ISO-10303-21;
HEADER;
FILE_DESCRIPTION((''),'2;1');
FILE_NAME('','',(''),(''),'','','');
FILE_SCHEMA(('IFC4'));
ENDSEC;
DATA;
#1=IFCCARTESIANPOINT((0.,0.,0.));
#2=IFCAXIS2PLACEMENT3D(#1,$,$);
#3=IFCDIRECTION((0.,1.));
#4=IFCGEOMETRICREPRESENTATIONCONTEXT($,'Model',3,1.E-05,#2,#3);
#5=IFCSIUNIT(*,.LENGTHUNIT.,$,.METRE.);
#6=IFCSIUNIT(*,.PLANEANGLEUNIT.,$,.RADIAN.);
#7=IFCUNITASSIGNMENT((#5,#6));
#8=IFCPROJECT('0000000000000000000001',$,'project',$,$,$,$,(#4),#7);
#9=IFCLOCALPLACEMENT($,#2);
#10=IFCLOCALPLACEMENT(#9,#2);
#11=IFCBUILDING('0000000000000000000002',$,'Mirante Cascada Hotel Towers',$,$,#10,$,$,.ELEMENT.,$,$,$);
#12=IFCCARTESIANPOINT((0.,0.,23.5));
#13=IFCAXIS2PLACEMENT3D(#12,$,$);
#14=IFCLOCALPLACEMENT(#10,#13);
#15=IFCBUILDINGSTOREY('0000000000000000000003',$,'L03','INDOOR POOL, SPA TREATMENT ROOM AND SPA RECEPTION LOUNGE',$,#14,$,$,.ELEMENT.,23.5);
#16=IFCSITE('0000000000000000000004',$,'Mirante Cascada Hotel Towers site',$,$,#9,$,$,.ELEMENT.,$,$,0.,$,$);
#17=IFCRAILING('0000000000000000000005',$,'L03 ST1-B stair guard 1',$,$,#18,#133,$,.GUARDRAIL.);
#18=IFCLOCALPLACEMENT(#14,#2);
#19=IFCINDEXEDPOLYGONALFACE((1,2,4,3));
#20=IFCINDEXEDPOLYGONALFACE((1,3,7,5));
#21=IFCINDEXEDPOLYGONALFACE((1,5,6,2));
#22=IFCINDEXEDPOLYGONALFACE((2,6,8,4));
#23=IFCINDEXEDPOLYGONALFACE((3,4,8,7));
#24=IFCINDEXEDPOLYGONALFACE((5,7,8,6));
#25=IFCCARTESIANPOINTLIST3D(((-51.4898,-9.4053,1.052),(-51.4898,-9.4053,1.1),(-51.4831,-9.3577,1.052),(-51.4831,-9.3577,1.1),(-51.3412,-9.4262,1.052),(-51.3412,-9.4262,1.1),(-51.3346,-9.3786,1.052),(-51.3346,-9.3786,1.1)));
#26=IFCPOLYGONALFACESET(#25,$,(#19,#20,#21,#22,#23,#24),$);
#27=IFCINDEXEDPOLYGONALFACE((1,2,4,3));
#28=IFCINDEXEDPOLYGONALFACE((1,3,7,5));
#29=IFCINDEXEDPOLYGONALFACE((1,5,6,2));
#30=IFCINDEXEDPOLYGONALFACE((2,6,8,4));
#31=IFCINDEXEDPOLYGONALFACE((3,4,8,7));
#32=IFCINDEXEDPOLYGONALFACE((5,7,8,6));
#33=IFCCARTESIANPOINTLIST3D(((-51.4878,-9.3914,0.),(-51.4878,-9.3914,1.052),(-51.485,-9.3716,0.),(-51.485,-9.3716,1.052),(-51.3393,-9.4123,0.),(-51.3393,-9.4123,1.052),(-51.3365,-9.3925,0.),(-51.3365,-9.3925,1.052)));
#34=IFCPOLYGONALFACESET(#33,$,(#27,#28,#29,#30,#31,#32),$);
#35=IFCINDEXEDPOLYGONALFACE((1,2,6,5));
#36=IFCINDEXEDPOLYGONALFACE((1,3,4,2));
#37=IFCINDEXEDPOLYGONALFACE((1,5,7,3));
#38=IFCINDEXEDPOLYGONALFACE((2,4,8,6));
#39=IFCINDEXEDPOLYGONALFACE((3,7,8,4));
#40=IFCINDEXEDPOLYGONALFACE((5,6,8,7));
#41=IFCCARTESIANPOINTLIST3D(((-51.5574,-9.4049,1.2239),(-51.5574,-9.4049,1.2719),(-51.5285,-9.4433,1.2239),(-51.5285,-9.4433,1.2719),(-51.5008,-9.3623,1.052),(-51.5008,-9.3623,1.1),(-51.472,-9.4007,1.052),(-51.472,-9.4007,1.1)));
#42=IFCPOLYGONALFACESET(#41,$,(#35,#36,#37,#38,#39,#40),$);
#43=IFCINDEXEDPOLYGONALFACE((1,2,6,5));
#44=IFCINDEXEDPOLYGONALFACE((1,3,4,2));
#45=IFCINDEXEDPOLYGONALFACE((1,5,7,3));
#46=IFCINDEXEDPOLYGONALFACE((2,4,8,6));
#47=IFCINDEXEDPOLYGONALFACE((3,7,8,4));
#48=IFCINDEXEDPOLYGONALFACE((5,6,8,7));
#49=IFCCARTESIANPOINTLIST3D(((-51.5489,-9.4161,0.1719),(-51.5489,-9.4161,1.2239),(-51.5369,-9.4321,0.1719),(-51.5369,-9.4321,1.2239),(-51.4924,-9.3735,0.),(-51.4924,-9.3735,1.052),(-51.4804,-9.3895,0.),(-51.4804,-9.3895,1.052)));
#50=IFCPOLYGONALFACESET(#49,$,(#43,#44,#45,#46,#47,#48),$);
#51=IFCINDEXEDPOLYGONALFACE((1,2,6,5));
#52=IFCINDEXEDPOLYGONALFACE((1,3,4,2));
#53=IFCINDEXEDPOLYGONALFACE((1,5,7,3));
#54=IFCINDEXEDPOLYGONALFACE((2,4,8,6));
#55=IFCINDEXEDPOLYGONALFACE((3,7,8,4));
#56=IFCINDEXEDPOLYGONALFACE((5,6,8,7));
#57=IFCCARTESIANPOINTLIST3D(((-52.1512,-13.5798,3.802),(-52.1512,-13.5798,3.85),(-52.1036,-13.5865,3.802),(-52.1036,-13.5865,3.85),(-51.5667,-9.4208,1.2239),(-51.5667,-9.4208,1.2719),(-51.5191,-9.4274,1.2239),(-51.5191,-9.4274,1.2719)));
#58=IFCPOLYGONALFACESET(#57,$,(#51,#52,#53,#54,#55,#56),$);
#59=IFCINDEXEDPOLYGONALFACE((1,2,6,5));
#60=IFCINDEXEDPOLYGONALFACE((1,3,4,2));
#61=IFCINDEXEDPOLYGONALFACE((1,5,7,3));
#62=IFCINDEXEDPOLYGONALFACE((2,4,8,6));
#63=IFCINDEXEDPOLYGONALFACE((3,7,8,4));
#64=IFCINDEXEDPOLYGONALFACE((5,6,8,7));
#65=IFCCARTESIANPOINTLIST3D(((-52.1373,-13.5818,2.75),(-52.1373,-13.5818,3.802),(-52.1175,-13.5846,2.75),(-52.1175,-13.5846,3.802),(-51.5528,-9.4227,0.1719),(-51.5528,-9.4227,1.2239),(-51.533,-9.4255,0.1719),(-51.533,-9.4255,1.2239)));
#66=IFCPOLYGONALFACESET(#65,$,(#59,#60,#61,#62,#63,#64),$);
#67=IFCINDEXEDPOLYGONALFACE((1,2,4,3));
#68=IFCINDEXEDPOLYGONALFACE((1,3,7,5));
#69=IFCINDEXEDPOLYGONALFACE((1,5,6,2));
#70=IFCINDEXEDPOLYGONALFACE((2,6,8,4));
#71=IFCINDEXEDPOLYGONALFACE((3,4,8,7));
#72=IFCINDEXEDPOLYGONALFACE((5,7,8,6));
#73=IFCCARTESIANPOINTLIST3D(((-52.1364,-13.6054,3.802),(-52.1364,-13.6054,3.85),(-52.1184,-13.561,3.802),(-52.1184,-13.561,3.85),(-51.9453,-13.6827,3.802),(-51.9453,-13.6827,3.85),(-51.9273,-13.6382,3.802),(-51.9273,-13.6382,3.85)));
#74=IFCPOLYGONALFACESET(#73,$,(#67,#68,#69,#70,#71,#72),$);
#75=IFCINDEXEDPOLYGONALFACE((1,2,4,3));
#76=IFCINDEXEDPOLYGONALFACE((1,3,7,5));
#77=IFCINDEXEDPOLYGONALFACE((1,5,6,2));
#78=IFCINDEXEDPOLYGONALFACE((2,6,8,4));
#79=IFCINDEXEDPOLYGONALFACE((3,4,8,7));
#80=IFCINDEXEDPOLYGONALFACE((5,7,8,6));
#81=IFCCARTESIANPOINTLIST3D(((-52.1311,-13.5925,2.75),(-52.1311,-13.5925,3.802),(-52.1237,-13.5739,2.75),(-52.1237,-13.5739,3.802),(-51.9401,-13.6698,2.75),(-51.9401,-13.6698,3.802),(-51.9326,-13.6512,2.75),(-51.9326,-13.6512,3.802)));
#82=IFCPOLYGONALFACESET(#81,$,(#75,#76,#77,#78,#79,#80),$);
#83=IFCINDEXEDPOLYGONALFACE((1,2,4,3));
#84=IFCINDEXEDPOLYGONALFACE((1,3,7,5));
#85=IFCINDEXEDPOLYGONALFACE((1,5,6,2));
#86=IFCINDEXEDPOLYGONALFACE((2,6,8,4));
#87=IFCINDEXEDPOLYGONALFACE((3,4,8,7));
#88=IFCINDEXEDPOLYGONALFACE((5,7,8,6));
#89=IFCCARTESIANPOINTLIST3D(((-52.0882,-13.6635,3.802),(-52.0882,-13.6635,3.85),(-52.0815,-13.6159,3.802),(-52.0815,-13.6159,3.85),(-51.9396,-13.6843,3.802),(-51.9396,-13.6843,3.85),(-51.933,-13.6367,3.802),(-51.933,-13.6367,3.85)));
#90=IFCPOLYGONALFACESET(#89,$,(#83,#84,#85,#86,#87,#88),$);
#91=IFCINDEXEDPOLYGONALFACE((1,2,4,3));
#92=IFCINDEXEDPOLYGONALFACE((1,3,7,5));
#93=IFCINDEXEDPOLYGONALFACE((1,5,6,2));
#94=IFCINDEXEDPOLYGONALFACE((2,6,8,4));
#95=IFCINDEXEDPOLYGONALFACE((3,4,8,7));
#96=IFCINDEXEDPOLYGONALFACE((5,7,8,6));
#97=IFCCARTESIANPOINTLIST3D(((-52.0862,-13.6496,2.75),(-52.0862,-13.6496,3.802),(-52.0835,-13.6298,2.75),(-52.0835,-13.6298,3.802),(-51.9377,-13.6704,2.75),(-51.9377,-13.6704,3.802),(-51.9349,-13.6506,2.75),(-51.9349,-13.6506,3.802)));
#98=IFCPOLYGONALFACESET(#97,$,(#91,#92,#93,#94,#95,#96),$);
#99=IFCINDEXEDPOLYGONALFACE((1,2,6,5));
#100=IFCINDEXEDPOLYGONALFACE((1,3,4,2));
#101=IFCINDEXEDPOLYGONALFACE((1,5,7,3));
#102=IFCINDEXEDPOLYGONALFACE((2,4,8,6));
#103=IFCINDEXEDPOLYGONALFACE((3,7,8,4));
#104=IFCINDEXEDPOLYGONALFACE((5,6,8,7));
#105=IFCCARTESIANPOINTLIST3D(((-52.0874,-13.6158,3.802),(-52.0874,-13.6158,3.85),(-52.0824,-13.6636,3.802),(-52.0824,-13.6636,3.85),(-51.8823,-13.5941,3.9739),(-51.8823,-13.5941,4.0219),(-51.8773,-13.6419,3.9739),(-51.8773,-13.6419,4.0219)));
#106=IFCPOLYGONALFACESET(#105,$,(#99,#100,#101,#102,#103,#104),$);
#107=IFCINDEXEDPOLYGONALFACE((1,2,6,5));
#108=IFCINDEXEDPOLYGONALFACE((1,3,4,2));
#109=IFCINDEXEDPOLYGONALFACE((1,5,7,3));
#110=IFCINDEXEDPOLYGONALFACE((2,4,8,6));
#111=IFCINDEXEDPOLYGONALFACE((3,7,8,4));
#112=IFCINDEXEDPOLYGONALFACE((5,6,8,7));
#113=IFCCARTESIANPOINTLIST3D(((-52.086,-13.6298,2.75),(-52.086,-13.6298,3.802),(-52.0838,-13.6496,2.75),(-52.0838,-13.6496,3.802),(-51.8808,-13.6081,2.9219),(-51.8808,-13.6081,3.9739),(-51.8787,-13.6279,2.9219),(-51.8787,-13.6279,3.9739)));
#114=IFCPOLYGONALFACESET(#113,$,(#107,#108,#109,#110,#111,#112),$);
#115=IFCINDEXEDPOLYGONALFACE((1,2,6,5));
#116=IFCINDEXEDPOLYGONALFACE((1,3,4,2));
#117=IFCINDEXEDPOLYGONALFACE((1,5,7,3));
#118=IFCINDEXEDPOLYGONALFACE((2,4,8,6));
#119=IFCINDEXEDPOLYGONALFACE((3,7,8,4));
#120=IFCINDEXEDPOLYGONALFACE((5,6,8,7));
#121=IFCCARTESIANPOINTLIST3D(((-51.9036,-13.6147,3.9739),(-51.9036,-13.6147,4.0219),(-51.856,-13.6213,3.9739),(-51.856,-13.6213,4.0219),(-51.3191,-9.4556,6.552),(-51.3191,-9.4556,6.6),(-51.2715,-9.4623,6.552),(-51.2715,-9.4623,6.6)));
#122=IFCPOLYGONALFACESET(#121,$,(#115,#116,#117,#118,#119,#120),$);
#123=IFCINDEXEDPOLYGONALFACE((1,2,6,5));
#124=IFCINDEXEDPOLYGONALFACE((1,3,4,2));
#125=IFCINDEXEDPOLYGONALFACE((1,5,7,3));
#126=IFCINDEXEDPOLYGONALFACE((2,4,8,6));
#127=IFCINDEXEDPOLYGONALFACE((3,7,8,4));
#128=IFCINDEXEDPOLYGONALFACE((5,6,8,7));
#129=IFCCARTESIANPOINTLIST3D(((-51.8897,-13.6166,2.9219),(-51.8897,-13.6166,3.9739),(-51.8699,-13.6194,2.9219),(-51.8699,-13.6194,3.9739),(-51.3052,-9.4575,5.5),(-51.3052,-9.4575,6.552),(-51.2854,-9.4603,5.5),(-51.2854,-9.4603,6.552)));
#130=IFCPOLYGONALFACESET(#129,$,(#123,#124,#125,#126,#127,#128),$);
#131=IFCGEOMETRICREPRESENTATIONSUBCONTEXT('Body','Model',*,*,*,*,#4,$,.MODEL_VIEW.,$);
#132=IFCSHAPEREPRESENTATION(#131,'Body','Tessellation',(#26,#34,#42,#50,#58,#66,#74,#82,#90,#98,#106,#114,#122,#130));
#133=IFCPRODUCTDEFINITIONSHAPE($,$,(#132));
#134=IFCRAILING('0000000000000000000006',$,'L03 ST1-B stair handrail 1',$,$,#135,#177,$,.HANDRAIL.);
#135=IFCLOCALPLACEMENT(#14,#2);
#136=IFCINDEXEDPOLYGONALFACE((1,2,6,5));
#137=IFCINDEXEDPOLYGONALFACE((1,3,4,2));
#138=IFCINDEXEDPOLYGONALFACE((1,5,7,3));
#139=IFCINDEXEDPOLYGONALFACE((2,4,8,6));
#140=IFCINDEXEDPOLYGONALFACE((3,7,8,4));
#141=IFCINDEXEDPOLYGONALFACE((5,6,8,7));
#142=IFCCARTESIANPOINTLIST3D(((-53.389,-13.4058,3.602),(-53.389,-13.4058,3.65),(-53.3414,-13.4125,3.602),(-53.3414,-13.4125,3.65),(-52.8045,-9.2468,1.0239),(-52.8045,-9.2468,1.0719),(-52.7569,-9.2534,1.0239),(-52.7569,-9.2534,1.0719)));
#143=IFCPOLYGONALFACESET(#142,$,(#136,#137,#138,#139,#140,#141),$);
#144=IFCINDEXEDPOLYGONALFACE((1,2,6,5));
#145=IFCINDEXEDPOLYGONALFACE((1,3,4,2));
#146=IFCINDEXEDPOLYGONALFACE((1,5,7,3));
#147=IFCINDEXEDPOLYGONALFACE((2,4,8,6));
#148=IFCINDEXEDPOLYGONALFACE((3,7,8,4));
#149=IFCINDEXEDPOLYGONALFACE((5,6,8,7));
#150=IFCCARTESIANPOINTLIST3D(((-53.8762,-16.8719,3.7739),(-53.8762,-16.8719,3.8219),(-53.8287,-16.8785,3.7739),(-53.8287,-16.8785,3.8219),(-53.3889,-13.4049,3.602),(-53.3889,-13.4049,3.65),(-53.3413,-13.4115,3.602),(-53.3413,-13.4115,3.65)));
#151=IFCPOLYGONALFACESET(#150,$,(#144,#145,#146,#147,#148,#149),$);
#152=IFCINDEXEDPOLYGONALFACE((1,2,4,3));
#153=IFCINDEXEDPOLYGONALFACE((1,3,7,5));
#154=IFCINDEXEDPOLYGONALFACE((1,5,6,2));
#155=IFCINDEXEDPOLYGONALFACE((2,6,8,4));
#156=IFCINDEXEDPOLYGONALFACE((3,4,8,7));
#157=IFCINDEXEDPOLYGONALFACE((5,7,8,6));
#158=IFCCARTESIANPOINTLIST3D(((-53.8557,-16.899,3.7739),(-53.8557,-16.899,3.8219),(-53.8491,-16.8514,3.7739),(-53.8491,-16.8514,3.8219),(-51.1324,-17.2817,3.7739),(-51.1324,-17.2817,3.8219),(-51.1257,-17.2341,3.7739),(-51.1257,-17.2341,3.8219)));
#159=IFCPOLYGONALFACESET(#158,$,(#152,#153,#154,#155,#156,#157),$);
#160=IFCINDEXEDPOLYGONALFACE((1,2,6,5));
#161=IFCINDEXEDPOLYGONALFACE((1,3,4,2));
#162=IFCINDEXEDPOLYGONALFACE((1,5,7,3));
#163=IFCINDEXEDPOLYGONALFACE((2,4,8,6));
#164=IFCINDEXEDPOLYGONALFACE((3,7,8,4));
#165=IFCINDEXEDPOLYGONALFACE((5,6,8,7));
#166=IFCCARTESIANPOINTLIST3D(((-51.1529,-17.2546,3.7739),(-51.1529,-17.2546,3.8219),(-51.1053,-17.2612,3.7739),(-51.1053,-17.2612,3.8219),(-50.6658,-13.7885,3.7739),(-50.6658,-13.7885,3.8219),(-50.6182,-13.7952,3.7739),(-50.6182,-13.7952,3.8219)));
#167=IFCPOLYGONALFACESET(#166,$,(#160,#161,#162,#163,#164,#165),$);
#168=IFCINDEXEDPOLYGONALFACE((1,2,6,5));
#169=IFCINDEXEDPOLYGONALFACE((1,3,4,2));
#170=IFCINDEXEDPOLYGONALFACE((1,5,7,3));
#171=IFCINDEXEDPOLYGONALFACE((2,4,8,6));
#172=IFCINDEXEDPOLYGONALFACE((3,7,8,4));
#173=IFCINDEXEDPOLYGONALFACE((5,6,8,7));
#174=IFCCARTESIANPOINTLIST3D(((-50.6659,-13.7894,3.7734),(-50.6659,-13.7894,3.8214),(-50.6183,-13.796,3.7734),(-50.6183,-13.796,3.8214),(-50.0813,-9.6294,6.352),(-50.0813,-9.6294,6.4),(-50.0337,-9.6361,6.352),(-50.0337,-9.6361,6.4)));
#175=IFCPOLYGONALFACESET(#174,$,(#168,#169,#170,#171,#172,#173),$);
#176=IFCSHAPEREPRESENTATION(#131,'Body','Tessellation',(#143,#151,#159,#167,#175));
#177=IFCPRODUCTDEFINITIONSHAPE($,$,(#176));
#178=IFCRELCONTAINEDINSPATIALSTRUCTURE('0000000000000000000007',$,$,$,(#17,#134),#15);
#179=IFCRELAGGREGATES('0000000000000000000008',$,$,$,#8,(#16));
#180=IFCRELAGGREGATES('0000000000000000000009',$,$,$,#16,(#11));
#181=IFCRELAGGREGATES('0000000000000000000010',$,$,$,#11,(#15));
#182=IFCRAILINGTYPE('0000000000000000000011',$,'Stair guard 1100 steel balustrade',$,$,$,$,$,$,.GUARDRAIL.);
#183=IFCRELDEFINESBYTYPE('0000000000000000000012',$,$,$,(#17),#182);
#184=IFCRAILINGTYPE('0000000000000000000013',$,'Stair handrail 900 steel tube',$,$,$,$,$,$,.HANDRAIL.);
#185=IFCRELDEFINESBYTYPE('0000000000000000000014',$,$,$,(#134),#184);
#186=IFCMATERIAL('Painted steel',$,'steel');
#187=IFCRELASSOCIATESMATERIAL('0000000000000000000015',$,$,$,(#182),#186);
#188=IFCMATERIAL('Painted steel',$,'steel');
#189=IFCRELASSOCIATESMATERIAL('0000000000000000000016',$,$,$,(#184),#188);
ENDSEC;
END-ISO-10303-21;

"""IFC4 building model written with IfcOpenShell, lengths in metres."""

from ifc_helpers import new_model, si_unit, direction, frame, origin, origin_2d, place, context, subcontext, project, spatial, rectangle, extrude, material, type_object, element, save


model = new_model("IFC4")

# Units and contexts
model_context = context("Model", 3, precision=1e-05, world=origin(), true_north=direction((0.0, 1.0)))
body_context = subcontext(model_context, "Body", "Model", "MODEL_VIEW")
ifc_project = project(units=[si_unit("LENGTHUNIT", "METRE"), si_unit("PLANEANGLEUNIT", "RADIAN")], contexts=[model_context])

# Site, building, storey
site_placement = place(None, origin())
site = spatial("IfcSite", under=ifc_project, at=site_placement, Name="Mirante Cascada Hotel Towers site", CompositionType="ELEMENT", RefElevation=0.0)
building_placement = place(site_placement, origin())
building = spatial("IfcBuilding", under=site, at=building_placement, Name="Mirante Cascada Hotel Towers", CompositionType="ELEMENT")
storey_placement = place(building_placement, frame((0.0, 0.0, 23.5)))
storey = spatial("IfcBuildingStorey", under=building, at=storey_placement, Name="L03", Description="INDOOR POOL, SPA TREATMENT ROOM AND SPA RECEPTION LOUNGE", CompositionType="ELEMENT", Elevation=23.5)

# Railings
ifc_material_1 = material(Name="Painted steel", Category="steel")
railing_type_1 = type_object("IfcRailingType", Name="Stair guard 1100 steel balustrade", PredefinedType="GUARDRAIL", material=ifc_material_1)
railing_1_placement = place(storey_placement, frame((-51.3379, -9.4024, 0.0)))
element("IfcRailing", 1, at=railing_1_placement, inside=storey, type_object=railing_type_1, Name="L03 ST1-B stair guard 1", PredefinedType="GUARDRAIL", context=body_context, shape_type="SweptSolid", body=[
    extrude(rectangle(XDim=0.048, YDim=0.048, at=origin_2d()), frame((0.0, 0.0, 1.076), z_axis=(-0.990241, 0.139367, 0.0), x_axis=(-0.139367, -0.990241, 0.0)), (0.0, 0.0, 1.0), 0.15),
    extrude(rectangle(XDim=0.02, YDim=1.052, at=origin_2d()), frame((0.0, 0.0, 0.526), z_axis=(-0.990241, 0.139367, 0.0), x_axis=(-0.139367, -0.990241, 0.0)), (0.0, 0.0, 1.0), 0.15),
    extrude(rectangle(XDim=0.048, YDim=0.048, at=origin_2d()), frame((-0.1485, 0.0209, 1.076), z_axis=(-0.798471, -0.602033, 0.0), x_axis=(0.602033, -0.798471, 0.0)), (0.0, 0.92472, 0.380648), 0.1859),
    extrude(rectangle(XDim=0.02, YDim=1.052, at=origin_2d()), frame((-0.1485, 0.0209, 0.526), z_axis=(-0.798471, -0.602033, 0.0), x_axis=(0.602033, -0.798471, 0.0)), (0.0, 0.92472, 0.380648), 0.1859),
    extrude(rectangle(XDim=0.048, YDim=0.048, at=origin_2d()), frame((-0.205, -0.0217, 1.2479), z_axis=(-0.139168, -0.990269, 0.0), x_axis=(0.990269, -0.139168, 0.0)), (0.0, 0.523141, 0.852246), 4.9281),
    extrude(rectangle(XDim=0.02, YDim=1.052, at=origin_2d()), frame((-0.205, -0.0217, 0.6979), z_axis=(-0.139168, -0.990269, 0.0), x_axis=(0.990269, -0.139168, 0.0)), (0.0, 0.523141, 0.852246), 4.9281),
    extrude(rectangle(XDim=0.048, YDim=0.048, at=origin_2d()), frame((-0.7895, -4.1808, 3.826), z_axis=(0.927031, -0.374984, 0.0), x_axis=(0.374984, 0.927031, 0.0)), (0.0, 0.0, 1.0), 0.2061),
    extrude(rectangle(XDim=0.02, YDim=1.052, at=origin_2d()), frame((-0.7895, -4.1808, 3.276), z_axis=(0.927031, -0.374984, 0.0), x_axis=(0.374984, 0.927031, 0.0)), (0.0, 0.0, 1.0), 0.2061),
    extrude(rectangle(XDim=0.048, YDim=0.048, at=origin_2d()), frame((-0.5984, -4.2581, 3.826), z_axis=(-0.990345, 0.138622, 0.0), x_axis=(-0.138622, -0.990345, 0.0)), (0.0, 0.0, 1.0), 0.15),
    extrude(rectangle(XDim=0.02, YDim=1.052, at=origin_2d()), frame((-0.5984, -4.2581, 3.276), z_axis=(-0.990345, 0.138622, 0.0), x_axis=(-0.138622, -0.990345, 0.0)), (0.0, 0.0, 1.0), 0.15),
    extrude(rectangle(XDim=0.048, YDim=0.048, at=origin_2d()), frame((-0.747, -4.2373, 3.826), z_axis=(0.994449, 0.105215, 0.0), x_axis=(-0.105215, 0.994449, 0.0)), (0.0, 0.640249, 0.768168), 0.2685),
    extrude(rectangle(XDim=0.02, YDim=1.052, at=origin_2d()), frame((-0.747, -4.2373, 3.276), z_axis=(0.994449, 0.105215, 0.0), x_axis=(-0.105215, 0.994449, 0.0)), (0.0, 0.640249, 0.768168), 0.2685),
    extrude(rectangle(XDim=0.048, YDim=0.048, at=origin_2d()), frame((-0.5419, -4.2156, 3.9979), z_axis=(0.139168, 0.990269, 0.0), x_axis=(-0.990269, 0.139168, 0.0)), (0.0, 0.523141, 0.852246), 4.9281),
    extrude(rectangle(XDim=0.02, YDim=1.052, at=origin_2d()), frame((-0.5419, -4.2156, 3.4479), z_axis=(0.139168, 0.990269, 0.0), x_axis=(-0.990269, 0.139168, 0.0)), (0.0, 0.523141, 0.852246), 4.9281),
])
ifc_material_2 = material(Name="Painted steel", Category="steel")
railing_type_2 = type_object("IfcRailingType", Name="Stair handrail 900 steel tube", PredefinedType="HANDRAIL", material=ifc_material_2)
railing_2_placement = place(storey_placement, frame((-52.7807, -9.2501, 0.1719)))
element("IfcRailing", 2, at=railing_2_placement, inside=storey, type_object=railing_type_2, Name="L03 ST1-B stair handrail 1", PredefinedType="HANDRAIL", context=body_context, shape_type="SweptSolid", body=[
    extrude(rectangle(XDim=0.048, YDim=0.048, at=origin_2d()), frame((0.0, 0.0, 0.876), z_axis=(-0.139168, -0.990269, 0.0), x_axis=(0.990269, -0.139168, 0.0)), (0.0, 0.523141, 0.852246), 4.9281),
    extrude(rectangle(XDim=0.048, YDim=0.048, at=origin_2d()), frame((-0.5844, -4.1581, 3.4541), z_axis=(-0.139197, -0.990265, 0.0), x_axis=(0.990265, -0.139197, 0.0)), (0.0, 0.049054, 0.998796), 3.5053),
    extrude(rectangle(XDim=0.048, YDim=0.048, at=origin_2d()), frame((-1.0717, -7.6251, 3.626), z_axis=(0.99027, -0.139161, 0.0), x_axis=(0.139161, 0.99027, 0.0)), (0.0, 0.0, 1.0), 2.7501),
    extrude(rectangle(XDim=0.048, YDim=0.048, at=origin_2d()), frame((1.6516, -8.0078, 3.626), z_axis=(0.139169, 0.990269, 0.0), x_axis=(-0.990269, 0.139169, 0.0)), (0.0, 0.0, 1.0), 3.5001),
    extrude(rectangle(XDim=0.048, YDim=0.048, at=origin_2d()), frame((2.1386, -4.5426, 3.6255), z_axis=(0.139168, 0.990269, 0.0), x_axis=(-0.990269, 0.139168, 0.0)), (0.0, 0.523141, 0.852246), 4.9291),
])

save(model, "model.ifc")
